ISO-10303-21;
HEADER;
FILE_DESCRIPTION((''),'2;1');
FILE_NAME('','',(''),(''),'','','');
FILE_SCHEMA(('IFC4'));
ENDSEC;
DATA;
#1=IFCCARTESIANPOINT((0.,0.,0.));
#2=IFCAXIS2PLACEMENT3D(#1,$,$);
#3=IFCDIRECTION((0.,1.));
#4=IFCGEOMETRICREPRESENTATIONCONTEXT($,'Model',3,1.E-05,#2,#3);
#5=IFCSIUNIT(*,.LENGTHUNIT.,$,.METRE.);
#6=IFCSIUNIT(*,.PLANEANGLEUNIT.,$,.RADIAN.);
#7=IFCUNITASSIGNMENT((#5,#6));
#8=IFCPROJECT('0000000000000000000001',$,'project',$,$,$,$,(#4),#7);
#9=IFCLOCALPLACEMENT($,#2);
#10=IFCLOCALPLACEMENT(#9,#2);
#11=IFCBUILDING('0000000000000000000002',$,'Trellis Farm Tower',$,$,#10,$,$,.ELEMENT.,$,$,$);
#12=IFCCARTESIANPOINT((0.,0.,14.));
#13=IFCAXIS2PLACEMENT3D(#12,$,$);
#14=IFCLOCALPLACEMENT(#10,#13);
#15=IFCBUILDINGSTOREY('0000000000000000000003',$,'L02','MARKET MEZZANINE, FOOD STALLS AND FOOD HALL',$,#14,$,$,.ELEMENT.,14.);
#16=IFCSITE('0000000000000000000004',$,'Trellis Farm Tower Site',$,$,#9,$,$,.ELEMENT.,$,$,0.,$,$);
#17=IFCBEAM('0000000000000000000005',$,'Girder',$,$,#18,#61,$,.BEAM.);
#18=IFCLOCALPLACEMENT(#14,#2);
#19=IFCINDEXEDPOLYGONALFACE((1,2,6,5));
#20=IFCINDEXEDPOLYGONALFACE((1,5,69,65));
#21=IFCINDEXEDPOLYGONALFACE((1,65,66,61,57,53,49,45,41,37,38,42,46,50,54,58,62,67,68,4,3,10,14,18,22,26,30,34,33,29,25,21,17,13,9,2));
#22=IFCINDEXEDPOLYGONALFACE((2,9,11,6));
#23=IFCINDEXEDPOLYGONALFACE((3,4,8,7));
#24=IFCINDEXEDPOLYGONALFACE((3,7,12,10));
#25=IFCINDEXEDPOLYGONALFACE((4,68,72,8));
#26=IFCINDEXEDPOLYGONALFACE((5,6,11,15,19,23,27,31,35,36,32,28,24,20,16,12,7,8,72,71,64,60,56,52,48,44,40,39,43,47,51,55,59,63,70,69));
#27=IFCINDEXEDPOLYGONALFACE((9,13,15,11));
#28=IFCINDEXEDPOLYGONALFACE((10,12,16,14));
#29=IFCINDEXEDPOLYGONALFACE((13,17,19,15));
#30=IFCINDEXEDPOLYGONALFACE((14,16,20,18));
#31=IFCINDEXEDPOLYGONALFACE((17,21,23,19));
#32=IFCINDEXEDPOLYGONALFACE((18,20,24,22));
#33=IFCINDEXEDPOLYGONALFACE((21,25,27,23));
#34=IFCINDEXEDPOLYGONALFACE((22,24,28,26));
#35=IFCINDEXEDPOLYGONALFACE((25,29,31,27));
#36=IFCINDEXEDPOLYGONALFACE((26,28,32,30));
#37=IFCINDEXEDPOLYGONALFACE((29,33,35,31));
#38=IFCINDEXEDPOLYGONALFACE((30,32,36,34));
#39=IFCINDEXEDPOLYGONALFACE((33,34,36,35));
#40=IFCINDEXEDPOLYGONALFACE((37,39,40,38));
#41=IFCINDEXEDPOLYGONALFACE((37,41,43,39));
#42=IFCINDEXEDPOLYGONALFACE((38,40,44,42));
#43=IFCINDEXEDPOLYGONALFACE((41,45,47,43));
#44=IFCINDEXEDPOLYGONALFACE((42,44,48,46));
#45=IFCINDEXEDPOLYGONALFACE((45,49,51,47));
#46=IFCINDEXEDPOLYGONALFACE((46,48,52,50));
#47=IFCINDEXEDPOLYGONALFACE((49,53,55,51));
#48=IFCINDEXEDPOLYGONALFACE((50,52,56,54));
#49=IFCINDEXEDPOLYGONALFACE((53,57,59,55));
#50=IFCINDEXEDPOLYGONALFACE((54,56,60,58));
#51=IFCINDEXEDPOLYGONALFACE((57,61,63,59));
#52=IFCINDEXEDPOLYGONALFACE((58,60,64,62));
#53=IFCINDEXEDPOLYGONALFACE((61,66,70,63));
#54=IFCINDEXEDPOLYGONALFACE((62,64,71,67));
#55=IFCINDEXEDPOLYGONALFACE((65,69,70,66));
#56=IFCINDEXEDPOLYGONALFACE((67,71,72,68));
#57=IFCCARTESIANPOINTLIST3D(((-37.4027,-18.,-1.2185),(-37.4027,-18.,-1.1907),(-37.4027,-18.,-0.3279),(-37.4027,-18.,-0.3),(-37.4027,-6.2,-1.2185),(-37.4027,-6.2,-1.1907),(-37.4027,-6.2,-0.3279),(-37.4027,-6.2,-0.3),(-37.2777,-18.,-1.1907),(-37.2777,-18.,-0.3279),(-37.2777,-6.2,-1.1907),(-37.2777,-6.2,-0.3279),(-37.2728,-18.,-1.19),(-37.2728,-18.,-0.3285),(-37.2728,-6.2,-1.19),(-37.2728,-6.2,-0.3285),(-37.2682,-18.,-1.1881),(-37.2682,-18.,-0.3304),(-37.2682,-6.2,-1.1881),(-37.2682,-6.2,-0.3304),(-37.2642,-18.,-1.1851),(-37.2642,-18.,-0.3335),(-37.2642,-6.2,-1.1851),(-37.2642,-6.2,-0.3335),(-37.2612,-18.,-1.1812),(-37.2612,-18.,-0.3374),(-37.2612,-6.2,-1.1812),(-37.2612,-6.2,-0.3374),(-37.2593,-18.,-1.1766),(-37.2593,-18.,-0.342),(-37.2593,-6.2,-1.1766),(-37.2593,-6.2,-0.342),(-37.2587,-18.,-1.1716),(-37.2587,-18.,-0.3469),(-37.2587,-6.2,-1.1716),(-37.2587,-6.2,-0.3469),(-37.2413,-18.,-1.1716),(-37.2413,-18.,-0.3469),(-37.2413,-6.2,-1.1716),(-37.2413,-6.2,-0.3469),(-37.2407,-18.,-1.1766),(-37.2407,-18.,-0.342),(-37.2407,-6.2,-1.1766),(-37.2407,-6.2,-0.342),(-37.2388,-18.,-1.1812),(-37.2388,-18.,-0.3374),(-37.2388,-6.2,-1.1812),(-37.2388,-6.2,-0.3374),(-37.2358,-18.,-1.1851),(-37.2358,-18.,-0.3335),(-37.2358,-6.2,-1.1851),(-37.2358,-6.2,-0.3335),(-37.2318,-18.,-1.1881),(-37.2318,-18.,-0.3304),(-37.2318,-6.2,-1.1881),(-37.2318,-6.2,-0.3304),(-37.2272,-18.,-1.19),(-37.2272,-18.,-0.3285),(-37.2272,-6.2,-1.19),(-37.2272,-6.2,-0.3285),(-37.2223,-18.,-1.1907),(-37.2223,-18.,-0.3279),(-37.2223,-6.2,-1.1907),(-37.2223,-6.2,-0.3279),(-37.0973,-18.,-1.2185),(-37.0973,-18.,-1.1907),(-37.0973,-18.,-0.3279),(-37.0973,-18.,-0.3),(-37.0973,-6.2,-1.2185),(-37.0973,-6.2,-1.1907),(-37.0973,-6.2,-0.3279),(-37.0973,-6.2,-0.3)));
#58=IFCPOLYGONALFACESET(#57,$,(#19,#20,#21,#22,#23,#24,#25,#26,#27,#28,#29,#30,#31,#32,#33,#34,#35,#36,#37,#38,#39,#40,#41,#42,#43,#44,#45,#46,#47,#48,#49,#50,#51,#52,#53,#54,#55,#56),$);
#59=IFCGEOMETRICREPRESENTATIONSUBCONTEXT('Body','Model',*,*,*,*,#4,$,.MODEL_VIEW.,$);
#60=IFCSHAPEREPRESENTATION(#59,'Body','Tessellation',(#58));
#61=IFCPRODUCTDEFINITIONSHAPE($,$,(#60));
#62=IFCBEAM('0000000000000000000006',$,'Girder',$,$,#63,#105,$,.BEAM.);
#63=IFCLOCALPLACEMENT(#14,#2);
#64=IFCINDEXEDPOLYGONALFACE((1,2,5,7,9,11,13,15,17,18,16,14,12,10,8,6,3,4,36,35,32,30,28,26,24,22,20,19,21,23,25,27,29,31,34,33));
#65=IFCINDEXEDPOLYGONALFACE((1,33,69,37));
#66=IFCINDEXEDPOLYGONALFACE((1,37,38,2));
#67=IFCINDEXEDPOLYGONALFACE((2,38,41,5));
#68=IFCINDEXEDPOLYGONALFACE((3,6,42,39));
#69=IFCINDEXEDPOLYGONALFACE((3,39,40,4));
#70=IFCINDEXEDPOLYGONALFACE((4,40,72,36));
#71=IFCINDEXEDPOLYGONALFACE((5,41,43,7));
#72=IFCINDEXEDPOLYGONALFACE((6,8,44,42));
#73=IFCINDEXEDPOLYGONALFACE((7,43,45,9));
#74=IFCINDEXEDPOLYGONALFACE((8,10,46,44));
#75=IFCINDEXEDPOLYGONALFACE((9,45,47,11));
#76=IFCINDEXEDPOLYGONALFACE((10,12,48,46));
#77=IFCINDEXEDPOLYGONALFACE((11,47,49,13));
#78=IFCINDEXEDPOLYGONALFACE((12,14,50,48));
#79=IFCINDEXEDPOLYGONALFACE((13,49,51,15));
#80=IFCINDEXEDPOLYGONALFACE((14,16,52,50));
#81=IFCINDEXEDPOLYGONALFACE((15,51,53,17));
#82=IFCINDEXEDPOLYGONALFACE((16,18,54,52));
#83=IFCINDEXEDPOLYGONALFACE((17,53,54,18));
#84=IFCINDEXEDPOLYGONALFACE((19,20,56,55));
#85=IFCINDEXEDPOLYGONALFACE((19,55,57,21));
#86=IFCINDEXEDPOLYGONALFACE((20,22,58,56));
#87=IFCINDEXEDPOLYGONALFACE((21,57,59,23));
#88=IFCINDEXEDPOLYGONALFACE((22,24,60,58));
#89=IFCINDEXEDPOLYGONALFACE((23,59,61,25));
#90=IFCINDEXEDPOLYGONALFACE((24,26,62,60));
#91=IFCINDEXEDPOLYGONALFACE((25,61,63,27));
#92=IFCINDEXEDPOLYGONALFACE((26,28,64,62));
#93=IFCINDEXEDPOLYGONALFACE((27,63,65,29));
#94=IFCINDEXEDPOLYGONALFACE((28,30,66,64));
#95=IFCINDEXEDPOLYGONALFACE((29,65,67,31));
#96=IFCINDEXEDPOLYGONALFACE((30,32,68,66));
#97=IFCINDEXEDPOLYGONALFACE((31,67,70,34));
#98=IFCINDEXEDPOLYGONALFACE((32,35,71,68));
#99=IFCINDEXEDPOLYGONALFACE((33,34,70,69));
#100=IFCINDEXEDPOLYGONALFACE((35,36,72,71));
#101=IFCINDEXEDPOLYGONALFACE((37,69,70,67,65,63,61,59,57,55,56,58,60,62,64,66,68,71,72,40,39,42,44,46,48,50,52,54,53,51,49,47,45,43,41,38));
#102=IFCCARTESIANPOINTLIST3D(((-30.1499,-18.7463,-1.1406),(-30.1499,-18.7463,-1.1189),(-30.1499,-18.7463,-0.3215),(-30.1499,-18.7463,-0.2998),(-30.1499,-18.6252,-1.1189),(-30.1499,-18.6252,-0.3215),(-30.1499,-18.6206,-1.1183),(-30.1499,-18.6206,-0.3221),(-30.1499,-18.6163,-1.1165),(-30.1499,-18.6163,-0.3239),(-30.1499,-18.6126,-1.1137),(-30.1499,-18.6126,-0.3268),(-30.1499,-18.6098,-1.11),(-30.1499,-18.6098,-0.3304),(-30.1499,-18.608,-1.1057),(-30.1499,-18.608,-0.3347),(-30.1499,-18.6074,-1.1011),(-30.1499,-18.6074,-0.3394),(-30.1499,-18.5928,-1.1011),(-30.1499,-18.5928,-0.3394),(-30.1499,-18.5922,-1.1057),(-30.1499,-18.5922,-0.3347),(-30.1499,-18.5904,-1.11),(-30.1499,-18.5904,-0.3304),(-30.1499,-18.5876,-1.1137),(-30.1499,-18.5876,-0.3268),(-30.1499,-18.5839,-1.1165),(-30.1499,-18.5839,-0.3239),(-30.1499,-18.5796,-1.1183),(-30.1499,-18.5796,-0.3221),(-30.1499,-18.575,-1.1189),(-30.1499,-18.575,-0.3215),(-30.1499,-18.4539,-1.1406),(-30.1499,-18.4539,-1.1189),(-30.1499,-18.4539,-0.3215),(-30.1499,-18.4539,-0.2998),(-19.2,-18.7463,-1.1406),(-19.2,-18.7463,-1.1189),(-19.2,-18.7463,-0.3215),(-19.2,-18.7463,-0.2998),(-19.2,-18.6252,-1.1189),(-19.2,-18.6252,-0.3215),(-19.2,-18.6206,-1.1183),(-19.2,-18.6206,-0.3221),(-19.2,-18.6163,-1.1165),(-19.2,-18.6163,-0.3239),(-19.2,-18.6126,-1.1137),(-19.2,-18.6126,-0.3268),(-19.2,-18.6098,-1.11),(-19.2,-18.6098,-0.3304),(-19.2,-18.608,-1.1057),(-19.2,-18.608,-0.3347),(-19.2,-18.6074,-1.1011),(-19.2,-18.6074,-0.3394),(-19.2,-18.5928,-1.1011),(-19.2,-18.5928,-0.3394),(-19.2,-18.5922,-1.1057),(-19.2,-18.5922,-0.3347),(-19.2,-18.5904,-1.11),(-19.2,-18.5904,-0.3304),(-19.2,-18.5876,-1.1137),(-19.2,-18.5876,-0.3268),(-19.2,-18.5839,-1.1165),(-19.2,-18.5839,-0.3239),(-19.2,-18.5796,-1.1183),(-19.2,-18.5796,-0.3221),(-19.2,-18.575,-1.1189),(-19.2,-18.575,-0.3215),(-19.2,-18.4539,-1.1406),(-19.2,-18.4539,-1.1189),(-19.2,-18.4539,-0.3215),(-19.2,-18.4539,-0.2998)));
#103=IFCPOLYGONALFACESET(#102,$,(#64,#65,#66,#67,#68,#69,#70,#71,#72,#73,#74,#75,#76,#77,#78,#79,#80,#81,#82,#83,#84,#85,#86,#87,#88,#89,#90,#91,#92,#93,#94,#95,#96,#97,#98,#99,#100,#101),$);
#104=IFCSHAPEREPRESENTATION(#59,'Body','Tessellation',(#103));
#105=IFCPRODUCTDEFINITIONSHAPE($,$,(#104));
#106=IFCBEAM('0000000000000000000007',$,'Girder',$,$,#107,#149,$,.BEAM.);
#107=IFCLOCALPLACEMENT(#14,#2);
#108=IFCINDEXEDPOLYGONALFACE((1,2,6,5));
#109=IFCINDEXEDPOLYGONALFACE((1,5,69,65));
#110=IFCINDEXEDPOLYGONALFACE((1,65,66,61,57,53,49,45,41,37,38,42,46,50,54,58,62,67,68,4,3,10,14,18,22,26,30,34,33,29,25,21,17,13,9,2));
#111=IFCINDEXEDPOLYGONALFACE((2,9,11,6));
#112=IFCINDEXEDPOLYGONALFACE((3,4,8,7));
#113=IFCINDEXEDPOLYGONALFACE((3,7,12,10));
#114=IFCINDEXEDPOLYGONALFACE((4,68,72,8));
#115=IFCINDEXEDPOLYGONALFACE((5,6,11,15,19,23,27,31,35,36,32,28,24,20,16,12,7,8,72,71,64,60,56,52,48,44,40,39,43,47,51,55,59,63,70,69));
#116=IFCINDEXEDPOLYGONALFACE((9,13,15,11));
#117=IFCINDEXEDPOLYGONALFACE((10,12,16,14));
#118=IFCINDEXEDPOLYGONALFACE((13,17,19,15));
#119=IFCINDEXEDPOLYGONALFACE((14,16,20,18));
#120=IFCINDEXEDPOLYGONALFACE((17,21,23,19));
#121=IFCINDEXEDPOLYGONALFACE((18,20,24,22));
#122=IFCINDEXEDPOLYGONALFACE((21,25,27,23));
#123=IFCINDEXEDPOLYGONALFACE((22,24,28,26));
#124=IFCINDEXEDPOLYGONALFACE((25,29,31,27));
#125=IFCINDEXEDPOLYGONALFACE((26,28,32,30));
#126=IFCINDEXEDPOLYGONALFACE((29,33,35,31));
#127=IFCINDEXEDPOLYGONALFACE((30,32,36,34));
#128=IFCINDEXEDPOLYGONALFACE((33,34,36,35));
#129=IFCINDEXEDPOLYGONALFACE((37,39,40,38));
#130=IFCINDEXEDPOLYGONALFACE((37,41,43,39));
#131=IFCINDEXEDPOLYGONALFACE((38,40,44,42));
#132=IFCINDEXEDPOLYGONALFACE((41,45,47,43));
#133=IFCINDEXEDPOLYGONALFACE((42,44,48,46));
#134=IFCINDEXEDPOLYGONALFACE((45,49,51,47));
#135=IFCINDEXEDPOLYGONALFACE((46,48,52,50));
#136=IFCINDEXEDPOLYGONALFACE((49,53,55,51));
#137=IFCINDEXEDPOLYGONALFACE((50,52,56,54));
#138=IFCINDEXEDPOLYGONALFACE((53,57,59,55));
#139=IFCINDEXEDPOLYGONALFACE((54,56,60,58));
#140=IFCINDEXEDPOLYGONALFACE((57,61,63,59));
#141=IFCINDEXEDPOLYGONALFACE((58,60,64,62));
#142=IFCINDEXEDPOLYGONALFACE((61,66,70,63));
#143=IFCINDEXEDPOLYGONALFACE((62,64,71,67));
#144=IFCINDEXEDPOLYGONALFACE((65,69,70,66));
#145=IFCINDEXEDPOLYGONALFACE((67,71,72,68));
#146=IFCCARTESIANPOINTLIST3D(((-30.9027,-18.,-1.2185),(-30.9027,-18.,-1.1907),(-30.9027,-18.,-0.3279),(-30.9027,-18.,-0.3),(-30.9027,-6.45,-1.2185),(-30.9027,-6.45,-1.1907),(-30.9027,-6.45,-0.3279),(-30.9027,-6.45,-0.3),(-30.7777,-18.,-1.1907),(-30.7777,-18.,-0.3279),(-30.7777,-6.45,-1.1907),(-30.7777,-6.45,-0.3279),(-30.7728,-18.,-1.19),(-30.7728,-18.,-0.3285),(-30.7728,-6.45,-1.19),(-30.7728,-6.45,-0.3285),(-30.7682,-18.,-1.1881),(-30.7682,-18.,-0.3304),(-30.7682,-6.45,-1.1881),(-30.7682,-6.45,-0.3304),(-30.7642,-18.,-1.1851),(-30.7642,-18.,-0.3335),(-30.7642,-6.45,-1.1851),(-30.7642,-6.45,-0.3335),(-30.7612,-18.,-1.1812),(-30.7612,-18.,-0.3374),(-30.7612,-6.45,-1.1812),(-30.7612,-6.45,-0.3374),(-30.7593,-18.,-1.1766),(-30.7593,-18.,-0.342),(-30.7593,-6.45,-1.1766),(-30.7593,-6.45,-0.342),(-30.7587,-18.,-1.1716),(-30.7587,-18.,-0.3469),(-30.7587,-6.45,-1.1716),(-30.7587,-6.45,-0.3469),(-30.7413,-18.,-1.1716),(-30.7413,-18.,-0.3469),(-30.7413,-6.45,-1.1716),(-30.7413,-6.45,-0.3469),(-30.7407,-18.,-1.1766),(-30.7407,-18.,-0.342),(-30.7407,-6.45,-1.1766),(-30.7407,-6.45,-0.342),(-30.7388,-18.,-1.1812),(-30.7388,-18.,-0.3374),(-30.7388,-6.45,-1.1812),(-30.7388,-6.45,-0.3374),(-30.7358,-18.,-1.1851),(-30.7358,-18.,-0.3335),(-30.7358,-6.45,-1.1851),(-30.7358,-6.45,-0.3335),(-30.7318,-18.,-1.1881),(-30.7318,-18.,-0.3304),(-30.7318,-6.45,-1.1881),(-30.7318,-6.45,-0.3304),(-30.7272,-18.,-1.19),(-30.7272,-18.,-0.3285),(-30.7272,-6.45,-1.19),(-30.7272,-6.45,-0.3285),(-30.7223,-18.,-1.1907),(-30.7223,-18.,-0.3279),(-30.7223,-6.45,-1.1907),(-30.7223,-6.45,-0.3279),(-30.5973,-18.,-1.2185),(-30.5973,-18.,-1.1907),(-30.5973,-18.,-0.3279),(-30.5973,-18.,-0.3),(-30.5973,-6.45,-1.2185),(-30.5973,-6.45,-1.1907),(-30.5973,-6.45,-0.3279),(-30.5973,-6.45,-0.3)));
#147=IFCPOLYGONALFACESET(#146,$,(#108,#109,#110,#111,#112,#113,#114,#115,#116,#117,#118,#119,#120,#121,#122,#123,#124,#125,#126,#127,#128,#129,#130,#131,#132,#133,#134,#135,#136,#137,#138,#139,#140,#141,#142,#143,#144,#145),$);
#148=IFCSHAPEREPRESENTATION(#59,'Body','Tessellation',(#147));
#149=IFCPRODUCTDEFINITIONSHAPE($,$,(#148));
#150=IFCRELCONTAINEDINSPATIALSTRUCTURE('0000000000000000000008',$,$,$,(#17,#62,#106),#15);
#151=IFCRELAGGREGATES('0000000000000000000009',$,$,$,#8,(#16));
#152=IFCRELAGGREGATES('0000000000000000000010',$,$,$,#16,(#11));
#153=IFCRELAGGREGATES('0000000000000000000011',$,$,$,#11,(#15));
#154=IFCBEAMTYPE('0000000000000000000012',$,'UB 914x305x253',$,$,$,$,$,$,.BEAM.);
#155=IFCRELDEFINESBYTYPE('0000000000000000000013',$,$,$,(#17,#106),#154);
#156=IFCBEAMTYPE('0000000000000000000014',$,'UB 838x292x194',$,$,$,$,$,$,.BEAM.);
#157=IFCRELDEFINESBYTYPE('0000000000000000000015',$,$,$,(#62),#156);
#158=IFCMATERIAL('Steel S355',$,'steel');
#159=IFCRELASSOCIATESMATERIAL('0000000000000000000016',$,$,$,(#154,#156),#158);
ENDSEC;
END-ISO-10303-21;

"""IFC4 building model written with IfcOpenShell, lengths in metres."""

from ifc_helpers import new_model, si_unit, direction, frame, origin, origin_2d, place, context, subcontext, project, spatial, i_section, extrude, source, transform, mapped, material, material_profile, profile_set, type_object, element, save


model = new_model("IFC4")

# Units and contexts
model_context = context("Model", 3, precision=1e-05, world=origin(), true_north=direction((0.0, 1.0)))
body_context = subcontext(model_context, "Body", "Model", "MODEL_VIEW")
ifc_project = project(units=[si_unit("LENGTHUNIT", "METRE"), si_unit("PLANEANGLEUNIT", "RADIAN")], contexts=[model_context])

# Site, building, storey
site_placement = place(None, origin())
site = spatial("IfcSite", under=ifc_project, at=site_placement, Name="Trellis Farm Tower Site", CompositionType="ELEMENT", RefElevation=0.0)
building_placement = place(site_placement, origin())
building = spatial("IfcBuilding", under=site, at=building_placement, Name="Trellis Farm Tower", CompositionType="ELEMENT")
storey_placement = place(building_placement, frame((0.0, 0.0, 14.0)))
storey = spatial("IfcBuildingStorey", under=building, at=storey_placement, Name="L02", Description="MARKET MEZZANINE, FOOD STALLS AND FOOD HALL", CompositionType="ELEMENT", Elevation=14.0)

# Beams
ifc_material_1 = material(Name="Steel S355", Category="steel")
ifc_material_profile_1 = material_profile(ifc_material_1, i_section(OverallWidth=0.3054, OverallDepth=0.9185, WebThickness=0.0173, FlangeThickness=0.0278, FilletRadius=0.019, at=origin_2d()), Name="UB 914x305x253")
ifc_profile_set_1 = profile_set([ifc_material_profile_1], Name="Steel S355")
beam_type_1 = type_object("IfcBeamType", Name="UB 914x305x253", PredefinedType="BEAM", material=ifc_profile_set_1)
shared_shape_1 = source(origin(), body_context, "Body", "SweptSolid", [
    extrude(i_section(OverallWidth=0.3054, OverallDepth=0.9185, WebThickness=0.0173, FlangeThickness=0.0278, FilletRadius=0.019, at=origin_2d()), origin(), (0.0, 0.0, 1.0), 11.8),
])
for number, where, z_axis, x_axis, name in (
    (1, (-37.25, -18.0, -0.7593), (0.0, 1.0, 0.0), (-1.0, 0.0, 0.0), "Girder"),
):
    element("IfcBeam", number, at=place(storey_placement, frame(where, z_axis=z_axis, x_axis=x_axis)), inside=storey, type_object=beam_type_1, Name=name, PredefinedType="BEAM", context=body_context, shape_type="MappedRepresentation", body=[
        mapped(shared_shape_1, transform((0.0, 0.0, 0.0))),
    ])
ifc_material_profile_2 = material_profile(ifc_material_1, i_section(OverallWidth=0.2925, OverallDepth=0.8408, WebThickness=0.0146, FlangeThickness=0.0217, FilletRadius=0.0178, at=origin_2d()), Name="UB 838x292x194")
ifc_profile_set_2 = profile_set([ifc_material_profile_2], Name="Steel S355")
beam_type_2 = type_object("IfcBeamType", Name="UB 838x292x194", PredefinedType="BEAM", material=ifc_profile_set_2)
shared_shape_2 = source(origin(), body_context, "Body", "SweptSolid", [
    extrude(i_section(OverallWidth=0.2925, OverallDepth=0.8408, WebThickness=0.0146, FlangeThickness=0.0217, FilletRadius=0.0178, at=origin_2d()), origin(), (0.0, 0.0, 1.0), 10.95),
])
beam_1_placement = place(storey_placement, frame((-30.1499, -18.6001, -0.7202), z_axis=(1.0, 0.0, 0.0), x_axis=(0.0, 1.0, 0.0)))
element("IfcBeam", 2, at=beam_1_placement, inside=storey, type_object=beam_type_2, Name="Girder", PredefinedType="BEAM", context=body_context, shape_type="MappedRepresentation", body=[
    mapped(shared_shape_2, transform((0.0, 0.0, 0.0))),
])
shared_shape_3 = source(origin(), body_context, "Body", "SweptSolid", [
    extrude(i_section(OverallWidth=0.3054, OverallDepth=0.9185, WebThickness=0.0173, FlangeThickness=0.0278, FilletRadius=0.019, at=origin_2d()), origin(), (0.0, 0.0, 1.0), 11.55),
])
beam_2_placement = place(storey_placement, frame((-30.75, -18.0, -0.7593), z_axis=(0.0, 1.0, 0.0), x_axis=(-1.0, 0.0, 0.0)))
element("IfcBeam", 3, at=beam_2_placement, inside=storey, type_object=beam_type_1, Name="Girder", PredefinedType="BEAM", context=body_context, shape_type="MappedRepresentation", body=[
    mapped(shared_shape_3, transform((0.0, 0.0, 0.0))),
])

save(model, "model.ifc")
